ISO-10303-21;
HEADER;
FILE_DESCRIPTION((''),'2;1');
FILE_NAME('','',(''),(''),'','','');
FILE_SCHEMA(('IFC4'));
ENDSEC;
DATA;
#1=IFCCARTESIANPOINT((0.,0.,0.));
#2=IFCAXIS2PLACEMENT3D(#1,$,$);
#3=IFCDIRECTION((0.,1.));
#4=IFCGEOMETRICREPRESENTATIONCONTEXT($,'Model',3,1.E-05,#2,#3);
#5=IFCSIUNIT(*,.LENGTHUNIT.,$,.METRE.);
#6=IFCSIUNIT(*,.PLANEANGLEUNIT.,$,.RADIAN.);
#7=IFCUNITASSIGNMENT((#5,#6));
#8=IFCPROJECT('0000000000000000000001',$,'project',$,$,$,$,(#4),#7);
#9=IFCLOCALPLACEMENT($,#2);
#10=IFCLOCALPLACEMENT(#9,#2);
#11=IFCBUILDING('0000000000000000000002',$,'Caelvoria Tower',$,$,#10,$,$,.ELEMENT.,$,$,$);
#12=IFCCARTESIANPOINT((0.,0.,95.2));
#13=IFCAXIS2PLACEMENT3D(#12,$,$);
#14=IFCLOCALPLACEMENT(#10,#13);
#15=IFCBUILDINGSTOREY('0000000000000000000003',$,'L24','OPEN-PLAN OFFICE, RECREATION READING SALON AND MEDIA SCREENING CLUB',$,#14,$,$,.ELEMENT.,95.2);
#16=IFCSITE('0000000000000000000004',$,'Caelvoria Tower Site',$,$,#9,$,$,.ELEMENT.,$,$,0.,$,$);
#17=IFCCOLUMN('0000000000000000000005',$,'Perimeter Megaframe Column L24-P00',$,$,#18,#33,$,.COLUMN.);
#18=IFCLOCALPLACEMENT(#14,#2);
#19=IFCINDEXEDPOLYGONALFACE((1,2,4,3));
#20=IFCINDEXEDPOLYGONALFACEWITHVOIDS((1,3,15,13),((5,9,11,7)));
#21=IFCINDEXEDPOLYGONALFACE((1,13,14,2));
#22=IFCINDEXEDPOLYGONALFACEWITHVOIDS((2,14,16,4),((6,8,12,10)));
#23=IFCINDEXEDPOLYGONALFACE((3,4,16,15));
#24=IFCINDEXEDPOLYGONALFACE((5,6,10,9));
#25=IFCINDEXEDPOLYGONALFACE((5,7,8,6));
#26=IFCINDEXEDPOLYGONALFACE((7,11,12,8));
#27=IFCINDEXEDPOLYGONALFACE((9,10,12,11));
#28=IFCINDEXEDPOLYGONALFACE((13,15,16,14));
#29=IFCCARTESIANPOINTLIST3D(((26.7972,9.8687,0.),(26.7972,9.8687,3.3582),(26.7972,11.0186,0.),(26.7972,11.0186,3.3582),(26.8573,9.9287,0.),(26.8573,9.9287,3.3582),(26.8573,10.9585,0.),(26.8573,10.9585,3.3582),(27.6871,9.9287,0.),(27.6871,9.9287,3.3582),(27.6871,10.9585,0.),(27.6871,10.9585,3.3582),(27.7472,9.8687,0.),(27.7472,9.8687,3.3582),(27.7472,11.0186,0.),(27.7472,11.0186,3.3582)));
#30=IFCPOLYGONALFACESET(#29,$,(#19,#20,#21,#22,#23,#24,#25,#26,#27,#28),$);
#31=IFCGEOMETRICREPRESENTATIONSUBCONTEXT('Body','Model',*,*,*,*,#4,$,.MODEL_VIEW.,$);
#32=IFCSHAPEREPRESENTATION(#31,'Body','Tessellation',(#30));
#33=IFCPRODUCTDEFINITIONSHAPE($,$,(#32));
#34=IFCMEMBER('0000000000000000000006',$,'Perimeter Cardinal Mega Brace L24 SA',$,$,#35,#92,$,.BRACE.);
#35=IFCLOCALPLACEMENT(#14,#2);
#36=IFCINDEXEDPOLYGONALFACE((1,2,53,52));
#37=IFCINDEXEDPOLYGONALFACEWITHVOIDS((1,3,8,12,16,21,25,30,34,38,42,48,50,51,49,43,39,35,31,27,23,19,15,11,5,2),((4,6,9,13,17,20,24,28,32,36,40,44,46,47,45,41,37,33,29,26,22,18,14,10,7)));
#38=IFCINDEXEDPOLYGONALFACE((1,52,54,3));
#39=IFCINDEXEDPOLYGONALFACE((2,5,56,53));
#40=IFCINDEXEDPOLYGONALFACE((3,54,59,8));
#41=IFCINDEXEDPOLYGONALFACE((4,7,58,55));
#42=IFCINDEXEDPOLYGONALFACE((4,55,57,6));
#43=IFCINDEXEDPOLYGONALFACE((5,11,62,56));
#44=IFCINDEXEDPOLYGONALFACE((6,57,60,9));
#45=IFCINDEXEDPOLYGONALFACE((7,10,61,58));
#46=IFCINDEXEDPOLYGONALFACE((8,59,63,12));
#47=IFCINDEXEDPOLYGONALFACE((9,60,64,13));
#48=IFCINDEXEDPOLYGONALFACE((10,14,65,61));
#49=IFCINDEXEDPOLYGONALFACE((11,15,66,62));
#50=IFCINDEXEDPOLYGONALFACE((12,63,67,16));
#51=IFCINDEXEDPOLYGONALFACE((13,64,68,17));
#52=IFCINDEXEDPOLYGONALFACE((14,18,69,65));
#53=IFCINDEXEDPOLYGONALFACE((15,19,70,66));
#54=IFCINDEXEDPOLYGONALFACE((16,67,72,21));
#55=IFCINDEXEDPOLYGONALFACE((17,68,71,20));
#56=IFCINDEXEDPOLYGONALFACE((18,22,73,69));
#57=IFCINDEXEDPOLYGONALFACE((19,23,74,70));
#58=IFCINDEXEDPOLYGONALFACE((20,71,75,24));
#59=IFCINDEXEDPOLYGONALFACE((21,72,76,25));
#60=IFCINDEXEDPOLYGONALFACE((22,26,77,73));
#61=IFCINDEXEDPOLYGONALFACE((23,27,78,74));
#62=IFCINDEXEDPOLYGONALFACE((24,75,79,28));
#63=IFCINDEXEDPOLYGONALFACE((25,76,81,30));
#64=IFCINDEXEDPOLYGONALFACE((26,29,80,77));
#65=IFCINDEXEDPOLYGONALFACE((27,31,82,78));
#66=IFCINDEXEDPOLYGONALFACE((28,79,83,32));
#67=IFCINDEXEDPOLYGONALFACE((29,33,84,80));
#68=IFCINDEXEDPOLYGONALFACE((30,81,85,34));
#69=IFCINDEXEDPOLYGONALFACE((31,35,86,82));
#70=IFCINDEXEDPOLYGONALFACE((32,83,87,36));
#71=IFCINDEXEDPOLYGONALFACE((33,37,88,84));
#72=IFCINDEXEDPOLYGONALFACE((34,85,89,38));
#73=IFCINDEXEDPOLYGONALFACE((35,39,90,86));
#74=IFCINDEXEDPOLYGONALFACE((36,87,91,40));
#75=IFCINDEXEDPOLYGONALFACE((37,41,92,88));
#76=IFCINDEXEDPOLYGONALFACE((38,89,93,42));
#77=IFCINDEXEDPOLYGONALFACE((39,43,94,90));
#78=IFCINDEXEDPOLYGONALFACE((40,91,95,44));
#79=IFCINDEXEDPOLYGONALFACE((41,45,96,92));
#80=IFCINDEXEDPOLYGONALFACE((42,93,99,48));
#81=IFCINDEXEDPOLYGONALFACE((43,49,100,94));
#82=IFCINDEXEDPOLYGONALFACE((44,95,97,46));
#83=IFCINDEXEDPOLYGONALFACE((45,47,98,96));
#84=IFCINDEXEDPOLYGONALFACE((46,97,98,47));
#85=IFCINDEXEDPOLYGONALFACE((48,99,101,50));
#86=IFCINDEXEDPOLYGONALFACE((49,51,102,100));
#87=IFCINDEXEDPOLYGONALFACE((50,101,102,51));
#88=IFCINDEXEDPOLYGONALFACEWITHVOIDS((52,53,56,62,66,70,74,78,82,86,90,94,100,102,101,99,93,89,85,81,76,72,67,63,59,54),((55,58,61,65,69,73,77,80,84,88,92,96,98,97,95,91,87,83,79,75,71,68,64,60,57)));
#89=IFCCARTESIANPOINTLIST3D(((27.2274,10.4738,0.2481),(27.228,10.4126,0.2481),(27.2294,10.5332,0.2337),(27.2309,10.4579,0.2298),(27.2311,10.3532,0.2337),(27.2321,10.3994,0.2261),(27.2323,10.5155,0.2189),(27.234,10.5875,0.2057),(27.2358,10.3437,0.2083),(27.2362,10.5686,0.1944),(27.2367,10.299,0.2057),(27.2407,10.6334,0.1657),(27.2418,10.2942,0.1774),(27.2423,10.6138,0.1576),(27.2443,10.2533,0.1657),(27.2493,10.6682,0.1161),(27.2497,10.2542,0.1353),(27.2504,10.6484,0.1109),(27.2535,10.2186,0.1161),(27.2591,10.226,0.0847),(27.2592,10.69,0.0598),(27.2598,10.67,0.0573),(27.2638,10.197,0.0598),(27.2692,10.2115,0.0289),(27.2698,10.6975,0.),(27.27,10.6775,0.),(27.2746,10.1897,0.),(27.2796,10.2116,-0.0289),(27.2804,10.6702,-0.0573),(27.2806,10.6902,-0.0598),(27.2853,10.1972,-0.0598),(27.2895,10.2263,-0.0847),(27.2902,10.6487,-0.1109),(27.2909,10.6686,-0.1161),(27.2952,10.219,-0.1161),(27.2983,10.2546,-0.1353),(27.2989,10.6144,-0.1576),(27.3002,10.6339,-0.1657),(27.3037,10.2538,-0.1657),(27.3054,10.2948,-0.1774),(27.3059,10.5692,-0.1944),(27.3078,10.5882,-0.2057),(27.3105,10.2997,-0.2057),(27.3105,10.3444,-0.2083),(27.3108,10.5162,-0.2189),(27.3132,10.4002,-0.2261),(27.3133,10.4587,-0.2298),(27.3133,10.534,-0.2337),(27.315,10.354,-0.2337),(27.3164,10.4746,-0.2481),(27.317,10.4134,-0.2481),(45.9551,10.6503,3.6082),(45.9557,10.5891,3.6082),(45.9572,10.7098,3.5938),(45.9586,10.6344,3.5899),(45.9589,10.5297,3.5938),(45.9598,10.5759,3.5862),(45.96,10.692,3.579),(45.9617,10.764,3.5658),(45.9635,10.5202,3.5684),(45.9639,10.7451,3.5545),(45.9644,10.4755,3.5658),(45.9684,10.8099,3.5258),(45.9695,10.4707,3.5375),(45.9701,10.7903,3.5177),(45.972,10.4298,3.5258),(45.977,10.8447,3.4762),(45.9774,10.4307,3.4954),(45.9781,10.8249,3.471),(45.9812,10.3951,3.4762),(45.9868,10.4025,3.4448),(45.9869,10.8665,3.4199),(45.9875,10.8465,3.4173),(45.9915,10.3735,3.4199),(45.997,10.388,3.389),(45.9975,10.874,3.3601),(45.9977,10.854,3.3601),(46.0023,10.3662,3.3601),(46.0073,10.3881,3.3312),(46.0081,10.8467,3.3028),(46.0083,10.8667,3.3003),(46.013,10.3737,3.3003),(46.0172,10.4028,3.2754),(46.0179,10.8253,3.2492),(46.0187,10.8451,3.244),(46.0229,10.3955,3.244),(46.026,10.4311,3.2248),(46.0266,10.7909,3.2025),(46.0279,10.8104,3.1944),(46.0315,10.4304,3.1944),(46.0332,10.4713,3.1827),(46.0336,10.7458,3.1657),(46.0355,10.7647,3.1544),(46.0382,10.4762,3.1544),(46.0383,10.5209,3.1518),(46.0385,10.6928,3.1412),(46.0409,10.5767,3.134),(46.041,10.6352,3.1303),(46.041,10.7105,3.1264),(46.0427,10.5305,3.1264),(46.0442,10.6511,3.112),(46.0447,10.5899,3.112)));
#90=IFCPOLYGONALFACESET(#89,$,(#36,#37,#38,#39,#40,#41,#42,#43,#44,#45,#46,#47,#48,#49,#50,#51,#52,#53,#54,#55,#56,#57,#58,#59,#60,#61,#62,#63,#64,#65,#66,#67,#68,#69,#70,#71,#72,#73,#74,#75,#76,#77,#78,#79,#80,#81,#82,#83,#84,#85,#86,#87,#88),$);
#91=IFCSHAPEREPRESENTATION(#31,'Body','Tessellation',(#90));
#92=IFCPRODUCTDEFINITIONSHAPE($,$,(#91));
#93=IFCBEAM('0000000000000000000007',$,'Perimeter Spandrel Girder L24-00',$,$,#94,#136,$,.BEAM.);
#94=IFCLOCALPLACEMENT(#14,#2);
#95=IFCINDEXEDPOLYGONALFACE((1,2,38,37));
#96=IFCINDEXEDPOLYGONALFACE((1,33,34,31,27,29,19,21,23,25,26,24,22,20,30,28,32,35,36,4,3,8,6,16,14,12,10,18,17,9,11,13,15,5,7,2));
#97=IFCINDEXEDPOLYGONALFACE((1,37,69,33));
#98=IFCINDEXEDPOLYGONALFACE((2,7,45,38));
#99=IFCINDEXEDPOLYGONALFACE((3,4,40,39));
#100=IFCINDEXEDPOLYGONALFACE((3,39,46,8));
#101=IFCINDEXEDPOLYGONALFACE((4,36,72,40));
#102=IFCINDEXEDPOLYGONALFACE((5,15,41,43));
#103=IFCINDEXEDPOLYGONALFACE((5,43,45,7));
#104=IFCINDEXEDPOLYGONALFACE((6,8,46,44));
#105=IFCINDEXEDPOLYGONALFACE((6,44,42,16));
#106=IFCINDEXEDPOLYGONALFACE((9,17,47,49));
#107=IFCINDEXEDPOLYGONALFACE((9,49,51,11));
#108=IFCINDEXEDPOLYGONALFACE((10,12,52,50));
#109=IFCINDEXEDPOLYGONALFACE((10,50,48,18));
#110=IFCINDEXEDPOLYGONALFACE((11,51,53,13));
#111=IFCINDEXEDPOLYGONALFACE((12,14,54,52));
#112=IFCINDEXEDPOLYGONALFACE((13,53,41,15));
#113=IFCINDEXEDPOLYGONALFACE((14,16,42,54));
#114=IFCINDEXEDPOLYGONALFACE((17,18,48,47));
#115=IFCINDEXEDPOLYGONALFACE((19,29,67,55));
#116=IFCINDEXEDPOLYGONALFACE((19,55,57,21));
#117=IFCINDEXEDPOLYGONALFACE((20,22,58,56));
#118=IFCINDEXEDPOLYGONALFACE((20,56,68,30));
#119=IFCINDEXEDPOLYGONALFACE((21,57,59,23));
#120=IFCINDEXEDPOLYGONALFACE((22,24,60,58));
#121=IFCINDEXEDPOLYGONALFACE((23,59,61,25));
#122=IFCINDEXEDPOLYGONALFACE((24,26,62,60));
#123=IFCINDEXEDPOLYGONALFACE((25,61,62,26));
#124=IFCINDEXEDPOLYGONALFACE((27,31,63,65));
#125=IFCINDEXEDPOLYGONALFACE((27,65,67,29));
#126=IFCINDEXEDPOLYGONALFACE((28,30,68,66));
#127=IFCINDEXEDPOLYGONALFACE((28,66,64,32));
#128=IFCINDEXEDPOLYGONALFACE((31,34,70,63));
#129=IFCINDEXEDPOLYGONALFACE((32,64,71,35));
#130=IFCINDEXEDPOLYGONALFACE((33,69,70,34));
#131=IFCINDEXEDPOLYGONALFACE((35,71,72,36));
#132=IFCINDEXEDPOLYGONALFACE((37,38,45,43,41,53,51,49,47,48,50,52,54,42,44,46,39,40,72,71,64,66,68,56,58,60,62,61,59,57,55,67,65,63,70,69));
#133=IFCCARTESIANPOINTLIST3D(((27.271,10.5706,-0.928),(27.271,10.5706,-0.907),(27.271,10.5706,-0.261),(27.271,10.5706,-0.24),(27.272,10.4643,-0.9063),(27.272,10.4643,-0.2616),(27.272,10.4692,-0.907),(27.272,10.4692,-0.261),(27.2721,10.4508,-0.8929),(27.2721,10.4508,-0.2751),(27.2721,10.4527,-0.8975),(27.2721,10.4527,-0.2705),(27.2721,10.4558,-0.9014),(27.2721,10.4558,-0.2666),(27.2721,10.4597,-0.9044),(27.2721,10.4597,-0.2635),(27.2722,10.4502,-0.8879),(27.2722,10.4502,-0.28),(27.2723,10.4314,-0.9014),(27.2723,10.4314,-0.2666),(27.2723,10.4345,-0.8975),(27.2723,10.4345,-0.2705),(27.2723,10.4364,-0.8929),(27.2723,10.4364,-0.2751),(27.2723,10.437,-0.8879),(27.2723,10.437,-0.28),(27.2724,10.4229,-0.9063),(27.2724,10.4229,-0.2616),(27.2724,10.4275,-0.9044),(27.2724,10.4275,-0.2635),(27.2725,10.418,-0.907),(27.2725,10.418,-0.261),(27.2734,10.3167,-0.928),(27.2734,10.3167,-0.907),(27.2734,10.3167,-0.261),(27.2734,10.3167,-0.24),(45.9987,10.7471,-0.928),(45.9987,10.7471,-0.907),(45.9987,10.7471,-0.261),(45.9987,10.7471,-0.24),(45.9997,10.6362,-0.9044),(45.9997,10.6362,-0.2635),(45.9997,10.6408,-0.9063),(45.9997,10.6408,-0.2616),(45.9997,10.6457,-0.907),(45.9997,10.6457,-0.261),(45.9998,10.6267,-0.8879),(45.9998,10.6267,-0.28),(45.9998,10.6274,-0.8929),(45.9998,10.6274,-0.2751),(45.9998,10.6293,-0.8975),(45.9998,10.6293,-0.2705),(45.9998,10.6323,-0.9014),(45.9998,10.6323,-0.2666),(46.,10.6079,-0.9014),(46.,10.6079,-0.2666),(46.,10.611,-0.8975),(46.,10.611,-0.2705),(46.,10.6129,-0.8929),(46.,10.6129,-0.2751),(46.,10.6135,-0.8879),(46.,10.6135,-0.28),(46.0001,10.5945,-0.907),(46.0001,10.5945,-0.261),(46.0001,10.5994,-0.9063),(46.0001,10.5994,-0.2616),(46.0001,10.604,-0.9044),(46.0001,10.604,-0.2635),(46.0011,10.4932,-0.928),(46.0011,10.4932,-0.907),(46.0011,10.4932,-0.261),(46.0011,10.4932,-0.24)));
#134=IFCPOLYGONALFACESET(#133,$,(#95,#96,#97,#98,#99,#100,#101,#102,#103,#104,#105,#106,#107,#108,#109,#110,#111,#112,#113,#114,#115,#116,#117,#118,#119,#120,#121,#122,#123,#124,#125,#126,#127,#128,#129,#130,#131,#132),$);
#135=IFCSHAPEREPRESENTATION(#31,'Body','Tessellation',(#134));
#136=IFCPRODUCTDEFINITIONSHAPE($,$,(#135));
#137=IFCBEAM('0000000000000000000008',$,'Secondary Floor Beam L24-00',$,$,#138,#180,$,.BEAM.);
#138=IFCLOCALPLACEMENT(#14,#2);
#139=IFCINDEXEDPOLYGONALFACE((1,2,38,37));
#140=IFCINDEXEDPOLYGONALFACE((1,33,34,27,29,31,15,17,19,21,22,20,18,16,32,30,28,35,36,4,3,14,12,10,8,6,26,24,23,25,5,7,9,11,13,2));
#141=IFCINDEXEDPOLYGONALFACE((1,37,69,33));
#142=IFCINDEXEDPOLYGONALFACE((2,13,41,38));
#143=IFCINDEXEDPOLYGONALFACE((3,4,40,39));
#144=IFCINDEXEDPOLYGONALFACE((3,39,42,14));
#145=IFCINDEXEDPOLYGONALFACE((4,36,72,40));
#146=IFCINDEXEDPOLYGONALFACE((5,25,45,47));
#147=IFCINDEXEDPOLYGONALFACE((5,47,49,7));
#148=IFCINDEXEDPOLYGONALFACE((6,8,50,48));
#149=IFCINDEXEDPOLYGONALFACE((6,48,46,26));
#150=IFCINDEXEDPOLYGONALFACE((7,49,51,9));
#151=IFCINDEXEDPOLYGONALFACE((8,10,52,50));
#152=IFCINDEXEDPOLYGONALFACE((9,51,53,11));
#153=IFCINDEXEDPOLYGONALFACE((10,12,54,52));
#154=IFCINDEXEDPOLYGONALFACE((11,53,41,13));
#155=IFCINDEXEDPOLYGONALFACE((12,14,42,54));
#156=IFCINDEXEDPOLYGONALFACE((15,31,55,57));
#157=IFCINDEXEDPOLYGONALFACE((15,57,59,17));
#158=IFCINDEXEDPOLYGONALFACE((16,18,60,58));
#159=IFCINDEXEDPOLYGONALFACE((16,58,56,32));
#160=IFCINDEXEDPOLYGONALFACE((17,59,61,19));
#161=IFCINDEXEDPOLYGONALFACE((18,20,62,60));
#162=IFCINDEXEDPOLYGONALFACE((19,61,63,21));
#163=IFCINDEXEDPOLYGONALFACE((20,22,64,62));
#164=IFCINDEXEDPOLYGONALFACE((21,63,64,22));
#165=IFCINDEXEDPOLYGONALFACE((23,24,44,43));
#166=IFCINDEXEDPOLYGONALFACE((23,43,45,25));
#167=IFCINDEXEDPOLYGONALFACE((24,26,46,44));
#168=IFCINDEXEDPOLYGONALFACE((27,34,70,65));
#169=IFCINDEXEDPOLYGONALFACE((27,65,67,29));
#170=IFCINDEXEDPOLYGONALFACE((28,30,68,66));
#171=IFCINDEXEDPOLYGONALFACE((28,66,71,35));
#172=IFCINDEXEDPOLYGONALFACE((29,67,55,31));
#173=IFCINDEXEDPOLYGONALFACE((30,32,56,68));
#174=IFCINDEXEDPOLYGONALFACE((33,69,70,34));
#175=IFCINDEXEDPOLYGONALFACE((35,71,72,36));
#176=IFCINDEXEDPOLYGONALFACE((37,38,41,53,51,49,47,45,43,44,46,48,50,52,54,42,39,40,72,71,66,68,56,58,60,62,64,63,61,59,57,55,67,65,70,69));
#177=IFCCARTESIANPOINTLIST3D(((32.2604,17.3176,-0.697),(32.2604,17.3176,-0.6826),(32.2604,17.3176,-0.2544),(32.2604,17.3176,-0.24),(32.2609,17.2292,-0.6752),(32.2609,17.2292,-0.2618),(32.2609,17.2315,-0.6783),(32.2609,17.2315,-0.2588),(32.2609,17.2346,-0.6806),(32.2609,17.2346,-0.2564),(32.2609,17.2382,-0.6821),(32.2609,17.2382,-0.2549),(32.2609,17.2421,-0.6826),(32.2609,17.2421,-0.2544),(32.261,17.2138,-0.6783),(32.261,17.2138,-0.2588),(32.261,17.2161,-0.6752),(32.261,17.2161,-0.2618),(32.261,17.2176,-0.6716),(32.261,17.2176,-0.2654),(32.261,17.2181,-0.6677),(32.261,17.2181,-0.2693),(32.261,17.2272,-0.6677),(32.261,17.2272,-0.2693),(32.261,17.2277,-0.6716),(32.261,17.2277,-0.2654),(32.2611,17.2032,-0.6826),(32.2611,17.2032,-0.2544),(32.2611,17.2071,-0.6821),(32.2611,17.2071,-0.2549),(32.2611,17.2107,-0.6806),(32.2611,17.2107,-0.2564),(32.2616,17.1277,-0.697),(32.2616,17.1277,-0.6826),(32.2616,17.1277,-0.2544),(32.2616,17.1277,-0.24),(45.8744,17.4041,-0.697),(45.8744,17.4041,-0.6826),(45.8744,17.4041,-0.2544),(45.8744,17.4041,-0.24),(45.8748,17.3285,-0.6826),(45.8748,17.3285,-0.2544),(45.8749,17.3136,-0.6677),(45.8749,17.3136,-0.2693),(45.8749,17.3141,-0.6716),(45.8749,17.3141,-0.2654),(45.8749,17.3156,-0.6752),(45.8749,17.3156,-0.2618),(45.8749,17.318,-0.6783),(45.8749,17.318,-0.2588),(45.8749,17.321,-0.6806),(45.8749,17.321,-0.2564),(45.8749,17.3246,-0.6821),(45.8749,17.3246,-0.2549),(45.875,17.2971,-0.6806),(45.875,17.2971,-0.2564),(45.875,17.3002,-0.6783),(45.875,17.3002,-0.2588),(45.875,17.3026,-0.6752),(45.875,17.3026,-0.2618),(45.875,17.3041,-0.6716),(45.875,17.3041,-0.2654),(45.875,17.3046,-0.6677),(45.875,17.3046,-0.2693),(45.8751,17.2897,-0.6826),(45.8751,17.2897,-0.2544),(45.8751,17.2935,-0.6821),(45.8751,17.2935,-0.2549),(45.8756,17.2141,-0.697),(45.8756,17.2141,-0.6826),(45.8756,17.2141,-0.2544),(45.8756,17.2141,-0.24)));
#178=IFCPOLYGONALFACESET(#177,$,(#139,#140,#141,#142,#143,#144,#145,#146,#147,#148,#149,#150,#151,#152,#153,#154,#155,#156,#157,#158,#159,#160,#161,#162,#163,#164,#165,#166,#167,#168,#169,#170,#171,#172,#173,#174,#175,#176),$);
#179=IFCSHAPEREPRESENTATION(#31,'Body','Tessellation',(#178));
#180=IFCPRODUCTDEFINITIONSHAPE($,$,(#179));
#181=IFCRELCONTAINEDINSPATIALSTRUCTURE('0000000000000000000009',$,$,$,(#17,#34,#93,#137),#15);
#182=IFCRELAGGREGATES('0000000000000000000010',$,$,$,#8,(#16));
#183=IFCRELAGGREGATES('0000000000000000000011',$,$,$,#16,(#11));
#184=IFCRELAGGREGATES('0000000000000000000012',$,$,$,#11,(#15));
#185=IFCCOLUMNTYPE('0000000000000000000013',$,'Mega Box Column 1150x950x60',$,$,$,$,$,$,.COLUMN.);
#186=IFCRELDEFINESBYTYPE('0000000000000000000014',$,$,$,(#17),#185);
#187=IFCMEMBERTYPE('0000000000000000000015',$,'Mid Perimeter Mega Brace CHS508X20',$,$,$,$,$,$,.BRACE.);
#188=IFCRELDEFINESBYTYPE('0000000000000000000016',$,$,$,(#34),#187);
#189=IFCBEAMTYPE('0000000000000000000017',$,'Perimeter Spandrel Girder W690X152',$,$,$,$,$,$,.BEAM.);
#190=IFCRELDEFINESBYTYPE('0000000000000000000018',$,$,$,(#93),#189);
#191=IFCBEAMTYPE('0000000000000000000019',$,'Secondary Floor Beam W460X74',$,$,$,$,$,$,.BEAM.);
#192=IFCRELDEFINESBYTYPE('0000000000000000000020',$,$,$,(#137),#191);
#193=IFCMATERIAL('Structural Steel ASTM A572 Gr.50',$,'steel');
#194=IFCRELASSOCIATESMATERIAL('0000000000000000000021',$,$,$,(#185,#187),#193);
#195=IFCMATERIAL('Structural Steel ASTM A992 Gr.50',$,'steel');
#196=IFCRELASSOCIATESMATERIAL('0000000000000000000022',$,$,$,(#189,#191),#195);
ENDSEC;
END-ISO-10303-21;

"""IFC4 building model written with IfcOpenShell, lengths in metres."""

from ifc_helpers import new_model, si_unit, direction, frame, origin, origin_2d, place, context, subcontext, project, spatial, hollow_rectangle, hollow_circle, i_section, extrude, material, material_profile, profile_set, type_object, element, save


model = new_model("IFC4")

# Units and contexts
model_context = context("Model", 3, precision=1e-05, world=origin(), true_north=direction((0.0, 1.0)))
body_context = subcontext(model_context, "Body", "Model", "MODEL_VIEW")
ifc_project = project(units=[si_unit("LENGTHUNIT", "METRE"), si_unit("PLANEANGLEUNIT", "RADIAN")], contexts=[model_context])

# Site, building, storey
site_placement = place(None, origin())
site = spatial("IfcSite", under=ifc_project, at=site_placement, Name="Caelvoria Tower Site", CompositionType="ELEMENT", RefElevation=0.0)
building_placement = place(site_placement, origin())
building = spatial("IfcBuilding", under=site, at=building_placement, Name="Caelvoria Tower", CompositionType="ELEMENT")
storey_placement = place(building_placement, frame((0.0, 0.0, 95.2)))
storey = spatial("IfcBuildingStorey", under=building, at=storey_placement, Name="L24", Description="OPEN-PLAN OFFICE, RECREATION READING SALON AND MEDIA SCREENING CLUB", CompositionType="ELEMENT", Elevation=95.2)

# Column
ifc_material_1 = material(Name="Structural Steel ASTM A572 Gr.50", Category="steel")
ifc_material_profile_1 = material_profile(ifc_material_1, hollow_rectangle(XDim=0.95, YDim=1.1499, WallThickness=0.0601, at=origin_2d()), Name="Structural Steel ASTM A572 Gr.50")
ifc_profile_set_1 = profile_set([ifc_material_profile_1], Name="BOX1150X950X60 - Structural Steel ASTM A572 Gr.50")
column_type = type_object("IfcColumnType", Name="Mega Box Column 1150x950x60", PredefinedType="COLUMN", material=ifc_profile_set_1)
column_placement = place(storey_placement, frame((27.2722, 10.4436, 0.0), z_axis=(0.0, 0.0, 1.0), x_axis=(1.0, 0.0, 0.0)))
element("IfcColumn", 1, at=column_placement, inside=storey, type_object=column_type, Name="Perimeter Megaframe Column L24-P00", PredefinedType="COLUMN", context=body_context, shape_type="SweptSolid", body=[
    extrude(hollow_rectangle(XDim=0.95, YDim=1.1499, WallThickness=0.0601, at=origin_2d()), origin(), (0.0, 0.0, 1.0), 3.3582),
])

# Member
ifc_material_profile_2 = material_profile(ifc_material_1, hollow_circle(Radius=0.2539, WallThickness=0.02, at=origin_2d()), Name="Structural Steel ASTM A572 Gr.50")
ifc_profile_set_2 = profile_set([ifc_material_profile_2], Name="CHS508X20 - Structural Steel ASTM A572 Gr.50")
member_type = type_object("IfcMemberType", Name="Mid Perimeter Mega Brace CHS508X20", PredefinedType="BRACE", material=ifc_profile_set_2)
member_placement = place(storey_placement, frame((27.2722, 10.4436, 0.0), z_axis=(0.984241, 0.009277, 0.176591), x_axis=(-0.009425, 0.999956, 0.0)))
element("IfcMember", 2, at=member_placement, inside=storey, type_object=member_type, Name="Perimeter Cardinal Mega Brace L24 SA", PredefinedType="BRACE", context=body_context, shape_type="SweptSolid", body=[
    extrude(hollow_circle(Radius=0.2539, WallThickness=0.02, at=origin_2d()), origin(), (0.0, 0.0, 1.0), 19.0276),
])

# Beams
ifc_material_2 = material(Name="Structural Steel ASTM A992 Gr.50", Category="steel")
ifc_material_profile_3 = material_profile(ifc_material_2, i_section(OverallWidth=0.2539, OverallDepth=0.688, WebThickness=0.0132, FlangeThickness=0.021, FilletRadius=0.019, at=origin_2d()), Name="Structural Steel ASTM A992 Gr.50")
ifc_profile_set_3 = profile_set([ifc_material_profile_3], Name="W690X152 - Structural Steel ASTM A992 Gr.50")
beam_type_1 = type_object("IfcBeamType", Name="Perimeter Spandrel Girder W690X152", PredefinedType="BEAM", material=ifc_profile_set_3)
beam_1_placement = place(storey_placement, frame((27.2722, 10.4436, -0.584), z_axis=(0.999956, 0.009425, 0.0), x_axis=(-0.009425, 0.999956, 0.0)))
element("IfcBeam", 3, at=beam_1_placement, inside=storey, type_object=beam_type_1, Name="Perimeter Spandrel Girder L24-00", PredefinedType="BEAM", context=body_context, shape_type="SweptSolid", body=[
    extrude(i_section(OverallWidth=0.2539, OverallDepth=0.688, WebThickness=0.0132, FlangeThickness=0.021, FilletRadius=0.019, at=origin_2d()), origin(), (0.0, 0.0, 1.0), 18.7285),
])
ifc_material_profile_4 = material_profile(ifc_material_2, i_section(OverallWidth=0.1899, OverallDepth=0.457, WebThickness=0.009, FlangeThickness=0.0144, FilletRadius=0.0149, at=origin_2d()), Name="Structural Steel ASTM A992 Gr.50")
ifc_profile_set_4 = profile_set([ifc_material_profile_4], Name="W460X74 - Structural Steel ASTM A992 Gr.50")
beam_type_2 = type_object("IfcBeamType", Name="Secondary Floor Beam W460X74", PredefinedType="BEAM", material=ifc_profile_set_4)
beam_2_placement = place(storey_placement, frame((32.261, 17.2227, -0.4685), z_axis=(0.99998, 0.006348, 0.0), x_axis=(-0.006348, 0.99998, 0.0)))
element("IfcBeam", 4, at=beam_2_placement, inside=storey, type_object=beam_type_2, Name="Secondary Floor Beam L24-00", PredefinedType="BEAM", context=body_context, shape_type="SweptSolid", body=[
    extrude(i_section(OverallWidth=0.1899, OverallDepth=0.457, WebThickness=0.009, FlangeThickness=0.0144, FilletRadius=0.0149, at=origin_2d()), origin(), (0.0, 0.0, 1.0), 13.6143),
])

save(model, "model.ifc")
